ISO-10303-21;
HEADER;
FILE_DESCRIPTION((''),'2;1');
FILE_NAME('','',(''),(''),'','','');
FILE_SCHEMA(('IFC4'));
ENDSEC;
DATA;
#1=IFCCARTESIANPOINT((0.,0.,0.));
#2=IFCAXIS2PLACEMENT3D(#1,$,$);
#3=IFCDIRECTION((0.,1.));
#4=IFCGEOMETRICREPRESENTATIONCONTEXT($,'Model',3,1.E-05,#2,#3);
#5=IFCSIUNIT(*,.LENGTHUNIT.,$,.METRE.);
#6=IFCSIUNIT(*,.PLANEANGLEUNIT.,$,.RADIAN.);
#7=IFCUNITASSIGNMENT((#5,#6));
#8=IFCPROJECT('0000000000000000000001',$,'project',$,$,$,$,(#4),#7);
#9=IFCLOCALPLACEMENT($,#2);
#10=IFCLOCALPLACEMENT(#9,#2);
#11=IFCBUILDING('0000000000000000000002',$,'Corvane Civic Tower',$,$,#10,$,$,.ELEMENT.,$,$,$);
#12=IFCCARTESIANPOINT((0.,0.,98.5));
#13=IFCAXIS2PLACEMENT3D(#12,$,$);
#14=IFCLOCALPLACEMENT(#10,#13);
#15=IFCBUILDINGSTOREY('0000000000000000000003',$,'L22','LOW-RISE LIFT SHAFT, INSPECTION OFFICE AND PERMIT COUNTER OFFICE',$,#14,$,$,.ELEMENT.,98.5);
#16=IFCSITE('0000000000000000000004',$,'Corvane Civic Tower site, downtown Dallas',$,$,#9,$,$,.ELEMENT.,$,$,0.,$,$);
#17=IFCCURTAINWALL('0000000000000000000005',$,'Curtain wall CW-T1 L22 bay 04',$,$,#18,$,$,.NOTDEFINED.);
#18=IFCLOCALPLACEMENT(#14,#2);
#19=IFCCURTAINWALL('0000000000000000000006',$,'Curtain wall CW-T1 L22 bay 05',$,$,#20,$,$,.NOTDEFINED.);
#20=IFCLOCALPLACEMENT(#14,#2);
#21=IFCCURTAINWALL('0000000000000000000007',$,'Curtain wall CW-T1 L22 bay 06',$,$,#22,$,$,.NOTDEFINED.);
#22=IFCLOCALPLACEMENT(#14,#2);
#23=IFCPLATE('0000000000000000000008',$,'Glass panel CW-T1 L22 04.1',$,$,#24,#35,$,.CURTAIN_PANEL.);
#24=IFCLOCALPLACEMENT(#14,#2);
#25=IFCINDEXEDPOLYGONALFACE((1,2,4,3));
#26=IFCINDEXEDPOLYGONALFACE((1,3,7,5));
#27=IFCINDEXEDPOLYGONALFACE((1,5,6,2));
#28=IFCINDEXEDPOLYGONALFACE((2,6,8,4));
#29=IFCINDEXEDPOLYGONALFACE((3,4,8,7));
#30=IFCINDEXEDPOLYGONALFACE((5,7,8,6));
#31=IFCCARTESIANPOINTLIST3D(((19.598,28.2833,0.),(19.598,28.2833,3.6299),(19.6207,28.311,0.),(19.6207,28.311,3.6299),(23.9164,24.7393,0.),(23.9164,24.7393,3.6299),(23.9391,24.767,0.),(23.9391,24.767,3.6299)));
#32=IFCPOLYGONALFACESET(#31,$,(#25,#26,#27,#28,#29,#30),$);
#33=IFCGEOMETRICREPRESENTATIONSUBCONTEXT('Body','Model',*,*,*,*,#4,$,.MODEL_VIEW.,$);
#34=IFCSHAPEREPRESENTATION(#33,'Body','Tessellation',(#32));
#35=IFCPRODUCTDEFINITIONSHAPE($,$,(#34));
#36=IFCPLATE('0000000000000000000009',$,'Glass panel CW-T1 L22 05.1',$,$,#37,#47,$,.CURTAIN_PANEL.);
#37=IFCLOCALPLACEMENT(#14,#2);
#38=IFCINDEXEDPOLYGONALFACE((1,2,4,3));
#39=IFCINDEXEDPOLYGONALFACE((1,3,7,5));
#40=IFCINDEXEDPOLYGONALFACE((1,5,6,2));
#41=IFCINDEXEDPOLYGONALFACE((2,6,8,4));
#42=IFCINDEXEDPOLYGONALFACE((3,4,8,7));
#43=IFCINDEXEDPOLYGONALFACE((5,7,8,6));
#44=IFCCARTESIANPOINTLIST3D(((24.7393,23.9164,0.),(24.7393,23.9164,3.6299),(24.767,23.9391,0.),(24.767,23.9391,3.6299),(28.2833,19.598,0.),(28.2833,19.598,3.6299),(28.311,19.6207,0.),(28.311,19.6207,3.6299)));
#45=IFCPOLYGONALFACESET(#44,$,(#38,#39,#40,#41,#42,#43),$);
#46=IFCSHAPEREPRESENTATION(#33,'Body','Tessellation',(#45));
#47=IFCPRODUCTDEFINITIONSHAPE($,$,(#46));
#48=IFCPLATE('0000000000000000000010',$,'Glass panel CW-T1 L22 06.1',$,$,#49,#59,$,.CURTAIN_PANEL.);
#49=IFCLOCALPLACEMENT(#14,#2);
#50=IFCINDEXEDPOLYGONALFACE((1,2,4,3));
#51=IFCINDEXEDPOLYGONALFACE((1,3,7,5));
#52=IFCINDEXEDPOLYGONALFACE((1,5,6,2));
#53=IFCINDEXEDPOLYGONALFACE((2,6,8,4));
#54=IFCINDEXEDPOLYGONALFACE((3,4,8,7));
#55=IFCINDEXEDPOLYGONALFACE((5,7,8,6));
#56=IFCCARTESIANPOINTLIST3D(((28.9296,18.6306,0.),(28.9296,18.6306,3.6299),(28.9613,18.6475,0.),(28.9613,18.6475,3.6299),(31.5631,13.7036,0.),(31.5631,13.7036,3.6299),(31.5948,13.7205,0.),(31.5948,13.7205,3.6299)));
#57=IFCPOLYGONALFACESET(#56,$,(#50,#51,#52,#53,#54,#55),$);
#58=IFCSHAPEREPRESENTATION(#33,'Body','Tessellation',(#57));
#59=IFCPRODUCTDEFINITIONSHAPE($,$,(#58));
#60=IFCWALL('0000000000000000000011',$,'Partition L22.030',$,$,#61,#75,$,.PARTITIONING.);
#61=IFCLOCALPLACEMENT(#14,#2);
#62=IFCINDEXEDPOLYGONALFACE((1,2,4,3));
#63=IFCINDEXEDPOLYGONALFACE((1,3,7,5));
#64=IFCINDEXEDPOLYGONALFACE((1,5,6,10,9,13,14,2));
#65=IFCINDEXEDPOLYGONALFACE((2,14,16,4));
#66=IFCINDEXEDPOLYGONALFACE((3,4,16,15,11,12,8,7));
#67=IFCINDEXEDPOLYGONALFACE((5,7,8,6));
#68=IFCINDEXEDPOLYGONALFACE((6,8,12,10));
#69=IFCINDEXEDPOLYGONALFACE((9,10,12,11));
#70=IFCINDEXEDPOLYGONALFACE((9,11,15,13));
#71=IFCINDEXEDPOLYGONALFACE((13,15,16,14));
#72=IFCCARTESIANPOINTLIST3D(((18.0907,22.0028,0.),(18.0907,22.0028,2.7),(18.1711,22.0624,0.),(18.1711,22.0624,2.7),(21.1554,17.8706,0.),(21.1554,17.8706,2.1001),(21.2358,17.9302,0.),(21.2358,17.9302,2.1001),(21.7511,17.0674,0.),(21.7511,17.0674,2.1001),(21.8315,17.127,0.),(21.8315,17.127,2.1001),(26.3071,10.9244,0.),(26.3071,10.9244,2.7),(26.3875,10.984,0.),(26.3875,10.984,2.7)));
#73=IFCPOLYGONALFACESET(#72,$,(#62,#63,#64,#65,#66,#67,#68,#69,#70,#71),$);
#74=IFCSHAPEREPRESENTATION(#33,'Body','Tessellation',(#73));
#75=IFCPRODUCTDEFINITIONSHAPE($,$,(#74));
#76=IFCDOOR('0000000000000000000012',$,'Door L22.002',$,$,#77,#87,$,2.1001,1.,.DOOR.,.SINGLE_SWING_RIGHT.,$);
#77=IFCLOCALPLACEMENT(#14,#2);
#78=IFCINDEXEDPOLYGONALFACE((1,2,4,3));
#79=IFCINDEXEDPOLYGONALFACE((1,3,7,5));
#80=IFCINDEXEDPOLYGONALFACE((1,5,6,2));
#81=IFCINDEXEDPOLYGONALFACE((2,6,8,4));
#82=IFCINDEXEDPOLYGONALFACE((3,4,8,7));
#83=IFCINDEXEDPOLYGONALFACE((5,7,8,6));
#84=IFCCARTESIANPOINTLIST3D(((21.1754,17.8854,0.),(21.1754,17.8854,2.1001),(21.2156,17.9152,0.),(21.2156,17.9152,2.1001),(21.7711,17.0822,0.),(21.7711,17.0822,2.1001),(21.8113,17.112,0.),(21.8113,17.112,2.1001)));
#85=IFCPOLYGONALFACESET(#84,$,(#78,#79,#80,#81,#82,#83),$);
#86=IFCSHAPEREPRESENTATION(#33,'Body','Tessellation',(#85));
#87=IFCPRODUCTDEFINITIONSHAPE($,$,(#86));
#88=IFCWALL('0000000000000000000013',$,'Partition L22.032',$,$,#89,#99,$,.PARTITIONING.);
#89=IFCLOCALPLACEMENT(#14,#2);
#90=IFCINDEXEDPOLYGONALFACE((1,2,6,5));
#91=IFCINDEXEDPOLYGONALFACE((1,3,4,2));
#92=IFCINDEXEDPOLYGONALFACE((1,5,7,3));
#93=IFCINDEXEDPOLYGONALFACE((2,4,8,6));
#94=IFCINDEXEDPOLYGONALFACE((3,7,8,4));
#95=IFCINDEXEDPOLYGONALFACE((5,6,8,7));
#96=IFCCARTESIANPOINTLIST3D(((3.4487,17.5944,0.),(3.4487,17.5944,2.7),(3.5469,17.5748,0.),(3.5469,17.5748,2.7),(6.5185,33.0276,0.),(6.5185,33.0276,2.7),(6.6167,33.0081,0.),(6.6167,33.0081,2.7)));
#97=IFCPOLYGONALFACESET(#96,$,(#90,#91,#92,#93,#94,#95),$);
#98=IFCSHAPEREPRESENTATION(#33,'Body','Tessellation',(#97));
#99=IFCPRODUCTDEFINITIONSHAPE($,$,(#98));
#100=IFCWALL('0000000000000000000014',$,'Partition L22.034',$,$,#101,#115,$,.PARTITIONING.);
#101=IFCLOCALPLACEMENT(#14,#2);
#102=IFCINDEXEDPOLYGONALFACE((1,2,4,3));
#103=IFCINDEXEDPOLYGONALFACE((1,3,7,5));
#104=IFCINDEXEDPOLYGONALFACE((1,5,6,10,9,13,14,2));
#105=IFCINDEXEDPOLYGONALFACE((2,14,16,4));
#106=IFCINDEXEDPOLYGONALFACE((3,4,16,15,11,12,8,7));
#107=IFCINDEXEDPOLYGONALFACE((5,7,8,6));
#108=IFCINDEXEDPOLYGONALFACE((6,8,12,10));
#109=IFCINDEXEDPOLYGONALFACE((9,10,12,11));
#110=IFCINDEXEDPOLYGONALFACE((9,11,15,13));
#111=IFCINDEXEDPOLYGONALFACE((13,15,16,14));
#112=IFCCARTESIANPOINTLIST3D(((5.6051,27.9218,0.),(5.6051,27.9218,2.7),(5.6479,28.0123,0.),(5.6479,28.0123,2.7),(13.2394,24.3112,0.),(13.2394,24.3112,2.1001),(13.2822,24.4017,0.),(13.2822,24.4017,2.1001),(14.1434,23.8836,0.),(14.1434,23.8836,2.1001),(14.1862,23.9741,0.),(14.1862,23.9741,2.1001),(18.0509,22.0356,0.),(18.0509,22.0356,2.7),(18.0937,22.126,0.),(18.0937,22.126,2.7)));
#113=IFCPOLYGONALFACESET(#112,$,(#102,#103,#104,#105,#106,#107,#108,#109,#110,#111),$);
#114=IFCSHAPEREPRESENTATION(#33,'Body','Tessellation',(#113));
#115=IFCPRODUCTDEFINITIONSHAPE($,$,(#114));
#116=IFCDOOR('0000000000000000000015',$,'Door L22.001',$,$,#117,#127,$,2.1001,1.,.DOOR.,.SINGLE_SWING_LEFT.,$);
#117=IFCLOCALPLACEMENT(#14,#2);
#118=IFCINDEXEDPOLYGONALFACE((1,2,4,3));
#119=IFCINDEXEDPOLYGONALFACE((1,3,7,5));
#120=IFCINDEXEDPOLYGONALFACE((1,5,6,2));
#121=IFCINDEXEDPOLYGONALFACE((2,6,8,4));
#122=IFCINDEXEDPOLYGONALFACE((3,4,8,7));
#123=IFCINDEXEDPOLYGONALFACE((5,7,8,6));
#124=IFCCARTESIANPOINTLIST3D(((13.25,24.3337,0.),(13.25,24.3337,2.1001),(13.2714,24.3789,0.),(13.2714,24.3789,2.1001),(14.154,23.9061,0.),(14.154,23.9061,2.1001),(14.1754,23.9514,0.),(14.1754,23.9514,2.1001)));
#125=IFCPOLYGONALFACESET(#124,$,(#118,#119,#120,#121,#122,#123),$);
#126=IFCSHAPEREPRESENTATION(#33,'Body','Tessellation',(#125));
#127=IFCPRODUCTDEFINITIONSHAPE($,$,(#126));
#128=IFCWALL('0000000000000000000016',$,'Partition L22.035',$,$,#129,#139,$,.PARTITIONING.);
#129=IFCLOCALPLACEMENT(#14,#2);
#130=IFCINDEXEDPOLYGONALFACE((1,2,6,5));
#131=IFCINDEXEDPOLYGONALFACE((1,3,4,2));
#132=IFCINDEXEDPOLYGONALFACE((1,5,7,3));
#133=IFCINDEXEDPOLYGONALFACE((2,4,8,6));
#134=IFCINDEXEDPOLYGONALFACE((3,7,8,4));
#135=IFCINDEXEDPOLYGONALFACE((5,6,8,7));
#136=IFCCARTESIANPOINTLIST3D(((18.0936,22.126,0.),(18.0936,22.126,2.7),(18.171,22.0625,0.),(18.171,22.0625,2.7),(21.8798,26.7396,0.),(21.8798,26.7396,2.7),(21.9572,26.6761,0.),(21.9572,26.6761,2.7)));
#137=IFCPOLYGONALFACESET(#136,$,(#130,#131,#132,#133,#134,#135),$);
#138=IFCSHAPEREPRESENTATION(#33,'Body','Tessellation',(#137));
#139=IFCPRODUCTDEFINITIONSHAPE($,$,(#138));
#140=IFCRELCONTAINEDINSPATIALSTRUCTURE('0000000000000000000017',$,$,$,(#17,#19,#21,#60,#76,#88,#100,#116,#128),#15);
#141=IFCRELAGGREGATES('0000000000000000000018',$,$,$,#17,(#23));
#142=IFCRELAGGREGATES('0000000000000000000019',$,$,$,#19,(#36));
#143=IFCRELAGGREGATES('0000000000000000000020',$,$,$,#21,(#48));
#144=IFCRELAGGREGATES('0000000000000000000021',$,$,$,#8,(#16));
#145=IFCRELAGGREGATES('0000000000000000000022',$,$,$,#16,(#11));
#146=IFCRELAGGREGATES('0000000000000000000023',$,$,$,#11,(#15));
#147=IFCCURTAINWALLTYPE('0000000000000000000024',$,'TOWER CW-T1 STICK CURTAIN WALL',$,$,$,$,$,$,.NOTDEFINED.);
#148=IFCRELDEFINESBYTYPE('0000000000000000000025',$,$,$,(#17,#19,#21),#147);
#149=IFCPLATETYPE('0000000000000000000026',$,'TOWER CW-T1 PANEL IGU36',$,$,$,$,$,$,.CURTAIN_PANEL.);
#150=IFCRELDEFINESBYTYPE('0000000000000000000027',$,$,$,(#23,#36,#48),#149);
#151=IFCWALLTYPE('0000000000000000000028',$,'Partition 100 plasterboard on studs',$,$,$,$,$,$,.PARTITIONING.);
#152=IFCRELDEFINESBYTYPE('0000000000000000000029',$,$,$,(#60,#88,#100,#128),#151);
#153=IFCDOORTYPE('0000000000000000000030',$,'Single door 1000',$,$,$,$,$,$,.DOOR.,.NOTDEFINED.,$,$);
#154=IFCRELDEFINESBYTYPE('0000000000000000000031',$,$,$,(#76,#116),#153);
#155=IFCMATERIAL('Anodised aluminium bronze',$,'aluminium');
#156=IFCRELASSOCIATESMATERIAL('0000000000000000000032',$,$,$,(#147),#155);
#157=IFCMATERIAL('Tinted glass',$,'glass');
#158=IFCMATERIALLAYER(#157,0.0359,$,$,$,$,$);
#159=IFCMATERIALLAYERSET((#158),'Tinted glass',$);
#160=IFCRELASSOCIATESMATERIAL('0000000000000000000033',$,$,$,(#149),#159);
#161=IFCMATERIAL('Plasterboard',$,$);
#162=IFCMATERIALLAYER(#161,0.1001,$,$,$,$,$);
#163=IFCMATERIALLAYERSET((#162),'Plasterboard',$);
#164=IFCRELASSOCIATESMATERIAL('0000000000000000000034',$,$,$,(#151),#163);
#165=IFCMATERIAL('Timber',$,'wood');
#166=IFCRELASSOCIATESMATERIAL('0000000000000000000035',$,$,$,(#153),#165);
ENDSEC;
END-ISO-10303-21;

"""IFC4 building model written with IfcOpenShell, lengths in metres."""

from ifc_helpers import new_model, si_unit, direction, frame, frame_2d, origin, origin_2d, place, context, subcontext, project, spatial, rectangle, extrude, material, layer, layer_set, type_object, element, fill, aggregate, save


model = new_model("IFC4")

# Units and contexts
model_context = context("Model", 3, precision=1e-05, world=origin(), true_north=direction((0.0, 1.0)))
body_context = subcontext(model_context, "Body", "Model", "MODEL_VIEW")
ifc_project = project(units=[si_unit("LENGTHUNIT", "METRE"), si_unit("PLANEANGLEUNIT", "RADIAN")], contexts=[model_context])

# Site, building, storey
site_placement = place(None, origin())
site = spatial("IfcSite", under=ifc_project, at=site_placement, Name="Corvane Civic Tower site, downtown Dallas", CompositionType="ELEMENT", RefElevation=0.0)
building_placement = place(site_placement, origin())
building = spatial("IfcBuilding", under=site, at=building_placement, Name="Corvane Civic Tower", CompositionType="ELEMENT")
storey_placement = place(building_placement, frame((0.0, 0.0, 98.5)))
storey = spatial("IfcBuildingStorey", under=building, at=storey_placement, Name="L22", Description="LOW-RISE LIFT SHAFT, INSPECTION OFFICE AND PERMIT COUNTER OFFICE", CompositionType="ELEMENT", Elevation=98.5)

# Curtain walls
ifc_material_1 = material(Name="Anodised aluminium bronze", Category="aluminium")
curtain_wall_type = type_object("IfcCurtainWallType", Name="TOWER CW-T1 STICK CURTAIN WALL", PredefinedType="NOTDEFINED", material=ifc_material_1)
curtain_wall_1_placement = place(storey_placement, origin())
curtain_wall_1 = element("IfcCurtainWall", 1, at=curtain_wall_1_placement, inside=storey, type_object=curtain_wall_type, Name="Curtain wall CW-T1 L22 bay 04", PredefinedType="NOTDEFINED")
curtain_wall_2_placement = place(storey_placement, origin())
curtain_wall_2 = element("IfcCurtainWall", 2, at=curtain_wall_2_placement, inside=storey, type_object=curtain_wall_type, Name="Curtain wall CW-T1 L22 bay 05", PredefinedType="NOTDEFINED")
curtain_wall_3_placement = place(storey_placement, origin())
curtain_wall_3 = element("IfcCurtainWall", 3, at=curtain_wall_3_placement, inside=storey, type_object=curtain_wall_type, Name="Curtain wall CW-T1 L22 bay 06", PredefinedType="NOTDEFINED")

# Plates
ifc_material_2 = material(Name="Tinted glass", Category="glass")
ifc_layer_1 = layer(ifc_material_2, 0.0359)
ifc_layer_set_1 = layer_set([ifc_layer_1], Name="Tinted glass")
plate_type = type_object("IfcPlateType", Name="TOWER CW-T1 PANEL IGU36", PredefinedType="CURTAIN_PANEL", material=ifc_layer_set_1)
plate_1_placement = place(storey_placement, frame((21.7686, 26.5251, 0.0), z_axis=(0.0, 0.0, 1.0), x_axis=(0.773013, -0.63439, 0.0)))
plate_1 = element("IfcPlate", 4, at=plate_1_placement, type_object=plate_type, Name="Glass panel CW-T1 L22 04.1", PredefinedType="CURTAIN_PANEL", context=body_context, shape_type="SweptSolid", body=[
    extrude(rectangle(XDim=5.5864, YDim=0.0359, at=origin_2d()), origin(), (0.0, 0.0, 1.0), 3.6299),
])
aggregate(curtain_wall_1, [plate_1])
plate_2_placement = place(storey_placement, frame((26.5251, 21.7686, 0.0), z_axis=(0.0, 0.0, 1.0), x_axis=(0.63439, -0.773013, 0.0)))
plate_2 = element("IfcPlate", 5, at=plate_2_placement, type_object=plate_type, Name="Glass panel CW-T1 L22 05.1", PredefinedType="CURTAIN_PANEL", context=body_context, shape_type="SweptSolid", body=[
    extrude(rectangle(XDim=5.5864, YDim=0.0359, at=origin_2d()), origin(), (0.0, 0.0, 1.0), 3.6299),
])
aggregate(curtain_wall_2, [plate_2])
plate_3_placement = place(storey_placement, frame((30.2622, 16.1755, 0.0), z_axis=(0.0, 0.0, 1.0), x_axis=(0.471392, -0.881924, 0.0)))
plate_3 = element("IfcPlate", 6, at=plate_3_placement, type_object=plate_type, Name="Glass panel CW-T1 L22 06.1", PredefinedType="CURTAIN_PANEL", context=body_context, shape_type="SweptSolid", body=[
    extrude(rectangle(XDim=5.5867, YDim=0.0359, at=origin_2d()), origin(), (0.0, 0.0, 1.0), 3.6299),
])
aggregate(curtain_wall_3, [plate_3])

# Wall, opening, door
ifc_material_3 = material(Name="Plasterboard")
ifc_layer_2 = layer(ifc_material_3, 0.1001)
ifc_layer_set_2 = layer_set([ifc_layer_2], Name="Plasterboard")
wall_type = type_object("IfcWallType", Name="Partition 100 plasterboard on studs", PredefinedType="PARTITIONING", material=ifc_layer_set_2)
wall_1_placement = place(storey_placement, frame((18.1309, 22.0327, 0.0), z_axis=(0.0, 0.0, 1.0), x_axis=(0.595701, -0.803206, 0.0)))
wall_1 = element("IfcWall", 7, at=wall_1_placement, inside=storey, type_object=wall_type, Name="Partition L22.030", PredefinedType="PARTITIONING", context=body_context, shape_type="SweptSolid", body=[
    extrude(rectangle(XDim=13.7927, YDim=0.1001, at=frame_2d((6.8965, 0.0))), origin(), (0.0, 0.0, 1.0), 2.7),
])
opening_1_placement = place(wall_1_placement, frame((5.1448, 0.0, 0.0)))
opening_1 = element("IfcOpeningElement", 8, at=opening_1_placement, cuts=wall_1, PredefinedType="OPENING", context=body_context, shape_type="SweptSolid", body=[
    extrude(rectangle(XDim=1.0, YDim=2.1001, at=frame_2d((0.5, 1.05))), frame((0.0, 0.0601, 0.0), z_axis=(0.0, -1.0, 0.0), x_axis=(1.0, 0.0, 0.0)), (0.0, 0.0, 1.0), 0.1201),
])
ifc_material_4 = material(Name="Timber", Category="wood")
door_type = type_object("IfcDoorType", Name="Single door 1000", OperationType="NOTDEFINED", PredefinedType="DOOR", material=ifc_material_4)
door_1_placement = place(opening_1_placement, origin())
door_1 = element("IfcDoor", 9, at=door_1_placement, inside=storey, type_object=door_type, Name="Door L22.002", OperationType="SINGLE_SWING_RIGHT", OverallHeight=2.1001, OverallWidth=1.0, PredefinedType="DOOR", context=body_context, shape_type="SweptSolid", body=[
    extrude(rectangle(XDim=1.0, YDim=2.1001, at=frame_2d((0.5, 1.05))), frame((0.0, 0.0249, 0.0), z_axis=(0.0, -1.0, 0.0), x_axis=(1.0, 0.0, 0.0)), (0.0, 0.0, 1.0), 0.05),
])
fill(opening_1, door_1)

# Wall
wall_2_placement = place(storey_placement, frame((3.4978, 17.5847, 0.0), z_axis=(0.0, 0.0, 1.0), x_axis=(0.195087, 0.980786, 0.0)))
element("IfcWall", 10, at=wall_2_placement, inside=storey, type_object=wall_type, Name="Partition L22.032", PredefinedType="PARTITIONING", context=body_context, shape_type="SweptSolid", body=[
    extrude(rectangle(XDim=15.7356, YDim=0.1001, at=frame_2d((7.8677, 0.0))), origin(), (0.0, 0.0, 1.0), 2.7),
])

# Wall, opening, door
wall_3_placement = place(storey_placement, frame((5.6265, 27.967, 0.0), z_axis=(0.0, 0.0, 1.0), x_axis=(0.903995, -0.427544, 0.0)))
wall_3 = element("IfcWall", 11, at=wall_3_placement, inside=storey, type_object=wall_type, Name="Partition L22.034", PredefinedType="PARTITIONING", context=body_context, shape_type="SweptSolid", body=[
    extrude(rectangle(XDim=13.7676, YDim=0.1001, at=frame_2d((6.8838, 0.0))), origin(), (0.0, 0.0, 1.0), 2.7),
])
opening_2_placement = place(wall_3_placement, frame((8.4451, 0.0, 0.0)))
opening_2 = element("IfcOpeningElement", 12, at=opening_2_placement, cuts=wall_3, PredefinedType="OPENING", context=body_context, shape_type="SweptSolid", body=[
    extrude(rectangle(XDim=1.0, YDim=2.1001, at=frame_2d((0.5, 1.05))), frame((0.0, 0.0601, 0.0), z_axis=(0.0, -1.0, 0.0), x_axis=(1.0, 0.0, 0.0)), (0.0, 0.0, 1.0), 0.1201),
])
door_2_placement = place(opening_2_placement, origin())
door_2 = element("IfcDoor", 13, at=door_2_placement, inside=storey, type_object=door_type, Name="Door L22.001", OperationType="SINGLE_SWING_LEFT", OverallHeight=2.1001, OverallWidth=1.0, PredefinedType="DOOR", context=body_context, shape_type="SweptSolid", body=[
    extrude(rectangle(XDim=1.0, YDim=2.1001, at=frame_2d((0.5, 1.05))), frame((0.0, 0.0249, 0.0), z_axis=(0.0, -1.0, 0.0), x_axis=(1.0, 0.0, 0.0)), (0.0, 0.0, 1.0), 0.05),
])
fill(opening_2, door_2)

# Wall
wall_4_placement = place(storey_placement, frame((18.1323, 22.0942, 0.0), z_axis=(0.0, 0.0, 1.0), x_axis=(0.634384, 0.773018, 0.0)))
element("IfcWall", 14, at=wall_4_placement, inside=storey, type_object=wall_type, Name="Partition L22.035", PredefinedType="PARTITIONING", context=body_context, shape_type="SweptSolid", body=[
    extrude(rectangle(XDim=5.9683, YDim=0.1001, at=frame_2d((2.9841, 0.0))), origin(), (0.0, 0.0, 1.0), 2.7),
])

save(model, "model.ifc")
